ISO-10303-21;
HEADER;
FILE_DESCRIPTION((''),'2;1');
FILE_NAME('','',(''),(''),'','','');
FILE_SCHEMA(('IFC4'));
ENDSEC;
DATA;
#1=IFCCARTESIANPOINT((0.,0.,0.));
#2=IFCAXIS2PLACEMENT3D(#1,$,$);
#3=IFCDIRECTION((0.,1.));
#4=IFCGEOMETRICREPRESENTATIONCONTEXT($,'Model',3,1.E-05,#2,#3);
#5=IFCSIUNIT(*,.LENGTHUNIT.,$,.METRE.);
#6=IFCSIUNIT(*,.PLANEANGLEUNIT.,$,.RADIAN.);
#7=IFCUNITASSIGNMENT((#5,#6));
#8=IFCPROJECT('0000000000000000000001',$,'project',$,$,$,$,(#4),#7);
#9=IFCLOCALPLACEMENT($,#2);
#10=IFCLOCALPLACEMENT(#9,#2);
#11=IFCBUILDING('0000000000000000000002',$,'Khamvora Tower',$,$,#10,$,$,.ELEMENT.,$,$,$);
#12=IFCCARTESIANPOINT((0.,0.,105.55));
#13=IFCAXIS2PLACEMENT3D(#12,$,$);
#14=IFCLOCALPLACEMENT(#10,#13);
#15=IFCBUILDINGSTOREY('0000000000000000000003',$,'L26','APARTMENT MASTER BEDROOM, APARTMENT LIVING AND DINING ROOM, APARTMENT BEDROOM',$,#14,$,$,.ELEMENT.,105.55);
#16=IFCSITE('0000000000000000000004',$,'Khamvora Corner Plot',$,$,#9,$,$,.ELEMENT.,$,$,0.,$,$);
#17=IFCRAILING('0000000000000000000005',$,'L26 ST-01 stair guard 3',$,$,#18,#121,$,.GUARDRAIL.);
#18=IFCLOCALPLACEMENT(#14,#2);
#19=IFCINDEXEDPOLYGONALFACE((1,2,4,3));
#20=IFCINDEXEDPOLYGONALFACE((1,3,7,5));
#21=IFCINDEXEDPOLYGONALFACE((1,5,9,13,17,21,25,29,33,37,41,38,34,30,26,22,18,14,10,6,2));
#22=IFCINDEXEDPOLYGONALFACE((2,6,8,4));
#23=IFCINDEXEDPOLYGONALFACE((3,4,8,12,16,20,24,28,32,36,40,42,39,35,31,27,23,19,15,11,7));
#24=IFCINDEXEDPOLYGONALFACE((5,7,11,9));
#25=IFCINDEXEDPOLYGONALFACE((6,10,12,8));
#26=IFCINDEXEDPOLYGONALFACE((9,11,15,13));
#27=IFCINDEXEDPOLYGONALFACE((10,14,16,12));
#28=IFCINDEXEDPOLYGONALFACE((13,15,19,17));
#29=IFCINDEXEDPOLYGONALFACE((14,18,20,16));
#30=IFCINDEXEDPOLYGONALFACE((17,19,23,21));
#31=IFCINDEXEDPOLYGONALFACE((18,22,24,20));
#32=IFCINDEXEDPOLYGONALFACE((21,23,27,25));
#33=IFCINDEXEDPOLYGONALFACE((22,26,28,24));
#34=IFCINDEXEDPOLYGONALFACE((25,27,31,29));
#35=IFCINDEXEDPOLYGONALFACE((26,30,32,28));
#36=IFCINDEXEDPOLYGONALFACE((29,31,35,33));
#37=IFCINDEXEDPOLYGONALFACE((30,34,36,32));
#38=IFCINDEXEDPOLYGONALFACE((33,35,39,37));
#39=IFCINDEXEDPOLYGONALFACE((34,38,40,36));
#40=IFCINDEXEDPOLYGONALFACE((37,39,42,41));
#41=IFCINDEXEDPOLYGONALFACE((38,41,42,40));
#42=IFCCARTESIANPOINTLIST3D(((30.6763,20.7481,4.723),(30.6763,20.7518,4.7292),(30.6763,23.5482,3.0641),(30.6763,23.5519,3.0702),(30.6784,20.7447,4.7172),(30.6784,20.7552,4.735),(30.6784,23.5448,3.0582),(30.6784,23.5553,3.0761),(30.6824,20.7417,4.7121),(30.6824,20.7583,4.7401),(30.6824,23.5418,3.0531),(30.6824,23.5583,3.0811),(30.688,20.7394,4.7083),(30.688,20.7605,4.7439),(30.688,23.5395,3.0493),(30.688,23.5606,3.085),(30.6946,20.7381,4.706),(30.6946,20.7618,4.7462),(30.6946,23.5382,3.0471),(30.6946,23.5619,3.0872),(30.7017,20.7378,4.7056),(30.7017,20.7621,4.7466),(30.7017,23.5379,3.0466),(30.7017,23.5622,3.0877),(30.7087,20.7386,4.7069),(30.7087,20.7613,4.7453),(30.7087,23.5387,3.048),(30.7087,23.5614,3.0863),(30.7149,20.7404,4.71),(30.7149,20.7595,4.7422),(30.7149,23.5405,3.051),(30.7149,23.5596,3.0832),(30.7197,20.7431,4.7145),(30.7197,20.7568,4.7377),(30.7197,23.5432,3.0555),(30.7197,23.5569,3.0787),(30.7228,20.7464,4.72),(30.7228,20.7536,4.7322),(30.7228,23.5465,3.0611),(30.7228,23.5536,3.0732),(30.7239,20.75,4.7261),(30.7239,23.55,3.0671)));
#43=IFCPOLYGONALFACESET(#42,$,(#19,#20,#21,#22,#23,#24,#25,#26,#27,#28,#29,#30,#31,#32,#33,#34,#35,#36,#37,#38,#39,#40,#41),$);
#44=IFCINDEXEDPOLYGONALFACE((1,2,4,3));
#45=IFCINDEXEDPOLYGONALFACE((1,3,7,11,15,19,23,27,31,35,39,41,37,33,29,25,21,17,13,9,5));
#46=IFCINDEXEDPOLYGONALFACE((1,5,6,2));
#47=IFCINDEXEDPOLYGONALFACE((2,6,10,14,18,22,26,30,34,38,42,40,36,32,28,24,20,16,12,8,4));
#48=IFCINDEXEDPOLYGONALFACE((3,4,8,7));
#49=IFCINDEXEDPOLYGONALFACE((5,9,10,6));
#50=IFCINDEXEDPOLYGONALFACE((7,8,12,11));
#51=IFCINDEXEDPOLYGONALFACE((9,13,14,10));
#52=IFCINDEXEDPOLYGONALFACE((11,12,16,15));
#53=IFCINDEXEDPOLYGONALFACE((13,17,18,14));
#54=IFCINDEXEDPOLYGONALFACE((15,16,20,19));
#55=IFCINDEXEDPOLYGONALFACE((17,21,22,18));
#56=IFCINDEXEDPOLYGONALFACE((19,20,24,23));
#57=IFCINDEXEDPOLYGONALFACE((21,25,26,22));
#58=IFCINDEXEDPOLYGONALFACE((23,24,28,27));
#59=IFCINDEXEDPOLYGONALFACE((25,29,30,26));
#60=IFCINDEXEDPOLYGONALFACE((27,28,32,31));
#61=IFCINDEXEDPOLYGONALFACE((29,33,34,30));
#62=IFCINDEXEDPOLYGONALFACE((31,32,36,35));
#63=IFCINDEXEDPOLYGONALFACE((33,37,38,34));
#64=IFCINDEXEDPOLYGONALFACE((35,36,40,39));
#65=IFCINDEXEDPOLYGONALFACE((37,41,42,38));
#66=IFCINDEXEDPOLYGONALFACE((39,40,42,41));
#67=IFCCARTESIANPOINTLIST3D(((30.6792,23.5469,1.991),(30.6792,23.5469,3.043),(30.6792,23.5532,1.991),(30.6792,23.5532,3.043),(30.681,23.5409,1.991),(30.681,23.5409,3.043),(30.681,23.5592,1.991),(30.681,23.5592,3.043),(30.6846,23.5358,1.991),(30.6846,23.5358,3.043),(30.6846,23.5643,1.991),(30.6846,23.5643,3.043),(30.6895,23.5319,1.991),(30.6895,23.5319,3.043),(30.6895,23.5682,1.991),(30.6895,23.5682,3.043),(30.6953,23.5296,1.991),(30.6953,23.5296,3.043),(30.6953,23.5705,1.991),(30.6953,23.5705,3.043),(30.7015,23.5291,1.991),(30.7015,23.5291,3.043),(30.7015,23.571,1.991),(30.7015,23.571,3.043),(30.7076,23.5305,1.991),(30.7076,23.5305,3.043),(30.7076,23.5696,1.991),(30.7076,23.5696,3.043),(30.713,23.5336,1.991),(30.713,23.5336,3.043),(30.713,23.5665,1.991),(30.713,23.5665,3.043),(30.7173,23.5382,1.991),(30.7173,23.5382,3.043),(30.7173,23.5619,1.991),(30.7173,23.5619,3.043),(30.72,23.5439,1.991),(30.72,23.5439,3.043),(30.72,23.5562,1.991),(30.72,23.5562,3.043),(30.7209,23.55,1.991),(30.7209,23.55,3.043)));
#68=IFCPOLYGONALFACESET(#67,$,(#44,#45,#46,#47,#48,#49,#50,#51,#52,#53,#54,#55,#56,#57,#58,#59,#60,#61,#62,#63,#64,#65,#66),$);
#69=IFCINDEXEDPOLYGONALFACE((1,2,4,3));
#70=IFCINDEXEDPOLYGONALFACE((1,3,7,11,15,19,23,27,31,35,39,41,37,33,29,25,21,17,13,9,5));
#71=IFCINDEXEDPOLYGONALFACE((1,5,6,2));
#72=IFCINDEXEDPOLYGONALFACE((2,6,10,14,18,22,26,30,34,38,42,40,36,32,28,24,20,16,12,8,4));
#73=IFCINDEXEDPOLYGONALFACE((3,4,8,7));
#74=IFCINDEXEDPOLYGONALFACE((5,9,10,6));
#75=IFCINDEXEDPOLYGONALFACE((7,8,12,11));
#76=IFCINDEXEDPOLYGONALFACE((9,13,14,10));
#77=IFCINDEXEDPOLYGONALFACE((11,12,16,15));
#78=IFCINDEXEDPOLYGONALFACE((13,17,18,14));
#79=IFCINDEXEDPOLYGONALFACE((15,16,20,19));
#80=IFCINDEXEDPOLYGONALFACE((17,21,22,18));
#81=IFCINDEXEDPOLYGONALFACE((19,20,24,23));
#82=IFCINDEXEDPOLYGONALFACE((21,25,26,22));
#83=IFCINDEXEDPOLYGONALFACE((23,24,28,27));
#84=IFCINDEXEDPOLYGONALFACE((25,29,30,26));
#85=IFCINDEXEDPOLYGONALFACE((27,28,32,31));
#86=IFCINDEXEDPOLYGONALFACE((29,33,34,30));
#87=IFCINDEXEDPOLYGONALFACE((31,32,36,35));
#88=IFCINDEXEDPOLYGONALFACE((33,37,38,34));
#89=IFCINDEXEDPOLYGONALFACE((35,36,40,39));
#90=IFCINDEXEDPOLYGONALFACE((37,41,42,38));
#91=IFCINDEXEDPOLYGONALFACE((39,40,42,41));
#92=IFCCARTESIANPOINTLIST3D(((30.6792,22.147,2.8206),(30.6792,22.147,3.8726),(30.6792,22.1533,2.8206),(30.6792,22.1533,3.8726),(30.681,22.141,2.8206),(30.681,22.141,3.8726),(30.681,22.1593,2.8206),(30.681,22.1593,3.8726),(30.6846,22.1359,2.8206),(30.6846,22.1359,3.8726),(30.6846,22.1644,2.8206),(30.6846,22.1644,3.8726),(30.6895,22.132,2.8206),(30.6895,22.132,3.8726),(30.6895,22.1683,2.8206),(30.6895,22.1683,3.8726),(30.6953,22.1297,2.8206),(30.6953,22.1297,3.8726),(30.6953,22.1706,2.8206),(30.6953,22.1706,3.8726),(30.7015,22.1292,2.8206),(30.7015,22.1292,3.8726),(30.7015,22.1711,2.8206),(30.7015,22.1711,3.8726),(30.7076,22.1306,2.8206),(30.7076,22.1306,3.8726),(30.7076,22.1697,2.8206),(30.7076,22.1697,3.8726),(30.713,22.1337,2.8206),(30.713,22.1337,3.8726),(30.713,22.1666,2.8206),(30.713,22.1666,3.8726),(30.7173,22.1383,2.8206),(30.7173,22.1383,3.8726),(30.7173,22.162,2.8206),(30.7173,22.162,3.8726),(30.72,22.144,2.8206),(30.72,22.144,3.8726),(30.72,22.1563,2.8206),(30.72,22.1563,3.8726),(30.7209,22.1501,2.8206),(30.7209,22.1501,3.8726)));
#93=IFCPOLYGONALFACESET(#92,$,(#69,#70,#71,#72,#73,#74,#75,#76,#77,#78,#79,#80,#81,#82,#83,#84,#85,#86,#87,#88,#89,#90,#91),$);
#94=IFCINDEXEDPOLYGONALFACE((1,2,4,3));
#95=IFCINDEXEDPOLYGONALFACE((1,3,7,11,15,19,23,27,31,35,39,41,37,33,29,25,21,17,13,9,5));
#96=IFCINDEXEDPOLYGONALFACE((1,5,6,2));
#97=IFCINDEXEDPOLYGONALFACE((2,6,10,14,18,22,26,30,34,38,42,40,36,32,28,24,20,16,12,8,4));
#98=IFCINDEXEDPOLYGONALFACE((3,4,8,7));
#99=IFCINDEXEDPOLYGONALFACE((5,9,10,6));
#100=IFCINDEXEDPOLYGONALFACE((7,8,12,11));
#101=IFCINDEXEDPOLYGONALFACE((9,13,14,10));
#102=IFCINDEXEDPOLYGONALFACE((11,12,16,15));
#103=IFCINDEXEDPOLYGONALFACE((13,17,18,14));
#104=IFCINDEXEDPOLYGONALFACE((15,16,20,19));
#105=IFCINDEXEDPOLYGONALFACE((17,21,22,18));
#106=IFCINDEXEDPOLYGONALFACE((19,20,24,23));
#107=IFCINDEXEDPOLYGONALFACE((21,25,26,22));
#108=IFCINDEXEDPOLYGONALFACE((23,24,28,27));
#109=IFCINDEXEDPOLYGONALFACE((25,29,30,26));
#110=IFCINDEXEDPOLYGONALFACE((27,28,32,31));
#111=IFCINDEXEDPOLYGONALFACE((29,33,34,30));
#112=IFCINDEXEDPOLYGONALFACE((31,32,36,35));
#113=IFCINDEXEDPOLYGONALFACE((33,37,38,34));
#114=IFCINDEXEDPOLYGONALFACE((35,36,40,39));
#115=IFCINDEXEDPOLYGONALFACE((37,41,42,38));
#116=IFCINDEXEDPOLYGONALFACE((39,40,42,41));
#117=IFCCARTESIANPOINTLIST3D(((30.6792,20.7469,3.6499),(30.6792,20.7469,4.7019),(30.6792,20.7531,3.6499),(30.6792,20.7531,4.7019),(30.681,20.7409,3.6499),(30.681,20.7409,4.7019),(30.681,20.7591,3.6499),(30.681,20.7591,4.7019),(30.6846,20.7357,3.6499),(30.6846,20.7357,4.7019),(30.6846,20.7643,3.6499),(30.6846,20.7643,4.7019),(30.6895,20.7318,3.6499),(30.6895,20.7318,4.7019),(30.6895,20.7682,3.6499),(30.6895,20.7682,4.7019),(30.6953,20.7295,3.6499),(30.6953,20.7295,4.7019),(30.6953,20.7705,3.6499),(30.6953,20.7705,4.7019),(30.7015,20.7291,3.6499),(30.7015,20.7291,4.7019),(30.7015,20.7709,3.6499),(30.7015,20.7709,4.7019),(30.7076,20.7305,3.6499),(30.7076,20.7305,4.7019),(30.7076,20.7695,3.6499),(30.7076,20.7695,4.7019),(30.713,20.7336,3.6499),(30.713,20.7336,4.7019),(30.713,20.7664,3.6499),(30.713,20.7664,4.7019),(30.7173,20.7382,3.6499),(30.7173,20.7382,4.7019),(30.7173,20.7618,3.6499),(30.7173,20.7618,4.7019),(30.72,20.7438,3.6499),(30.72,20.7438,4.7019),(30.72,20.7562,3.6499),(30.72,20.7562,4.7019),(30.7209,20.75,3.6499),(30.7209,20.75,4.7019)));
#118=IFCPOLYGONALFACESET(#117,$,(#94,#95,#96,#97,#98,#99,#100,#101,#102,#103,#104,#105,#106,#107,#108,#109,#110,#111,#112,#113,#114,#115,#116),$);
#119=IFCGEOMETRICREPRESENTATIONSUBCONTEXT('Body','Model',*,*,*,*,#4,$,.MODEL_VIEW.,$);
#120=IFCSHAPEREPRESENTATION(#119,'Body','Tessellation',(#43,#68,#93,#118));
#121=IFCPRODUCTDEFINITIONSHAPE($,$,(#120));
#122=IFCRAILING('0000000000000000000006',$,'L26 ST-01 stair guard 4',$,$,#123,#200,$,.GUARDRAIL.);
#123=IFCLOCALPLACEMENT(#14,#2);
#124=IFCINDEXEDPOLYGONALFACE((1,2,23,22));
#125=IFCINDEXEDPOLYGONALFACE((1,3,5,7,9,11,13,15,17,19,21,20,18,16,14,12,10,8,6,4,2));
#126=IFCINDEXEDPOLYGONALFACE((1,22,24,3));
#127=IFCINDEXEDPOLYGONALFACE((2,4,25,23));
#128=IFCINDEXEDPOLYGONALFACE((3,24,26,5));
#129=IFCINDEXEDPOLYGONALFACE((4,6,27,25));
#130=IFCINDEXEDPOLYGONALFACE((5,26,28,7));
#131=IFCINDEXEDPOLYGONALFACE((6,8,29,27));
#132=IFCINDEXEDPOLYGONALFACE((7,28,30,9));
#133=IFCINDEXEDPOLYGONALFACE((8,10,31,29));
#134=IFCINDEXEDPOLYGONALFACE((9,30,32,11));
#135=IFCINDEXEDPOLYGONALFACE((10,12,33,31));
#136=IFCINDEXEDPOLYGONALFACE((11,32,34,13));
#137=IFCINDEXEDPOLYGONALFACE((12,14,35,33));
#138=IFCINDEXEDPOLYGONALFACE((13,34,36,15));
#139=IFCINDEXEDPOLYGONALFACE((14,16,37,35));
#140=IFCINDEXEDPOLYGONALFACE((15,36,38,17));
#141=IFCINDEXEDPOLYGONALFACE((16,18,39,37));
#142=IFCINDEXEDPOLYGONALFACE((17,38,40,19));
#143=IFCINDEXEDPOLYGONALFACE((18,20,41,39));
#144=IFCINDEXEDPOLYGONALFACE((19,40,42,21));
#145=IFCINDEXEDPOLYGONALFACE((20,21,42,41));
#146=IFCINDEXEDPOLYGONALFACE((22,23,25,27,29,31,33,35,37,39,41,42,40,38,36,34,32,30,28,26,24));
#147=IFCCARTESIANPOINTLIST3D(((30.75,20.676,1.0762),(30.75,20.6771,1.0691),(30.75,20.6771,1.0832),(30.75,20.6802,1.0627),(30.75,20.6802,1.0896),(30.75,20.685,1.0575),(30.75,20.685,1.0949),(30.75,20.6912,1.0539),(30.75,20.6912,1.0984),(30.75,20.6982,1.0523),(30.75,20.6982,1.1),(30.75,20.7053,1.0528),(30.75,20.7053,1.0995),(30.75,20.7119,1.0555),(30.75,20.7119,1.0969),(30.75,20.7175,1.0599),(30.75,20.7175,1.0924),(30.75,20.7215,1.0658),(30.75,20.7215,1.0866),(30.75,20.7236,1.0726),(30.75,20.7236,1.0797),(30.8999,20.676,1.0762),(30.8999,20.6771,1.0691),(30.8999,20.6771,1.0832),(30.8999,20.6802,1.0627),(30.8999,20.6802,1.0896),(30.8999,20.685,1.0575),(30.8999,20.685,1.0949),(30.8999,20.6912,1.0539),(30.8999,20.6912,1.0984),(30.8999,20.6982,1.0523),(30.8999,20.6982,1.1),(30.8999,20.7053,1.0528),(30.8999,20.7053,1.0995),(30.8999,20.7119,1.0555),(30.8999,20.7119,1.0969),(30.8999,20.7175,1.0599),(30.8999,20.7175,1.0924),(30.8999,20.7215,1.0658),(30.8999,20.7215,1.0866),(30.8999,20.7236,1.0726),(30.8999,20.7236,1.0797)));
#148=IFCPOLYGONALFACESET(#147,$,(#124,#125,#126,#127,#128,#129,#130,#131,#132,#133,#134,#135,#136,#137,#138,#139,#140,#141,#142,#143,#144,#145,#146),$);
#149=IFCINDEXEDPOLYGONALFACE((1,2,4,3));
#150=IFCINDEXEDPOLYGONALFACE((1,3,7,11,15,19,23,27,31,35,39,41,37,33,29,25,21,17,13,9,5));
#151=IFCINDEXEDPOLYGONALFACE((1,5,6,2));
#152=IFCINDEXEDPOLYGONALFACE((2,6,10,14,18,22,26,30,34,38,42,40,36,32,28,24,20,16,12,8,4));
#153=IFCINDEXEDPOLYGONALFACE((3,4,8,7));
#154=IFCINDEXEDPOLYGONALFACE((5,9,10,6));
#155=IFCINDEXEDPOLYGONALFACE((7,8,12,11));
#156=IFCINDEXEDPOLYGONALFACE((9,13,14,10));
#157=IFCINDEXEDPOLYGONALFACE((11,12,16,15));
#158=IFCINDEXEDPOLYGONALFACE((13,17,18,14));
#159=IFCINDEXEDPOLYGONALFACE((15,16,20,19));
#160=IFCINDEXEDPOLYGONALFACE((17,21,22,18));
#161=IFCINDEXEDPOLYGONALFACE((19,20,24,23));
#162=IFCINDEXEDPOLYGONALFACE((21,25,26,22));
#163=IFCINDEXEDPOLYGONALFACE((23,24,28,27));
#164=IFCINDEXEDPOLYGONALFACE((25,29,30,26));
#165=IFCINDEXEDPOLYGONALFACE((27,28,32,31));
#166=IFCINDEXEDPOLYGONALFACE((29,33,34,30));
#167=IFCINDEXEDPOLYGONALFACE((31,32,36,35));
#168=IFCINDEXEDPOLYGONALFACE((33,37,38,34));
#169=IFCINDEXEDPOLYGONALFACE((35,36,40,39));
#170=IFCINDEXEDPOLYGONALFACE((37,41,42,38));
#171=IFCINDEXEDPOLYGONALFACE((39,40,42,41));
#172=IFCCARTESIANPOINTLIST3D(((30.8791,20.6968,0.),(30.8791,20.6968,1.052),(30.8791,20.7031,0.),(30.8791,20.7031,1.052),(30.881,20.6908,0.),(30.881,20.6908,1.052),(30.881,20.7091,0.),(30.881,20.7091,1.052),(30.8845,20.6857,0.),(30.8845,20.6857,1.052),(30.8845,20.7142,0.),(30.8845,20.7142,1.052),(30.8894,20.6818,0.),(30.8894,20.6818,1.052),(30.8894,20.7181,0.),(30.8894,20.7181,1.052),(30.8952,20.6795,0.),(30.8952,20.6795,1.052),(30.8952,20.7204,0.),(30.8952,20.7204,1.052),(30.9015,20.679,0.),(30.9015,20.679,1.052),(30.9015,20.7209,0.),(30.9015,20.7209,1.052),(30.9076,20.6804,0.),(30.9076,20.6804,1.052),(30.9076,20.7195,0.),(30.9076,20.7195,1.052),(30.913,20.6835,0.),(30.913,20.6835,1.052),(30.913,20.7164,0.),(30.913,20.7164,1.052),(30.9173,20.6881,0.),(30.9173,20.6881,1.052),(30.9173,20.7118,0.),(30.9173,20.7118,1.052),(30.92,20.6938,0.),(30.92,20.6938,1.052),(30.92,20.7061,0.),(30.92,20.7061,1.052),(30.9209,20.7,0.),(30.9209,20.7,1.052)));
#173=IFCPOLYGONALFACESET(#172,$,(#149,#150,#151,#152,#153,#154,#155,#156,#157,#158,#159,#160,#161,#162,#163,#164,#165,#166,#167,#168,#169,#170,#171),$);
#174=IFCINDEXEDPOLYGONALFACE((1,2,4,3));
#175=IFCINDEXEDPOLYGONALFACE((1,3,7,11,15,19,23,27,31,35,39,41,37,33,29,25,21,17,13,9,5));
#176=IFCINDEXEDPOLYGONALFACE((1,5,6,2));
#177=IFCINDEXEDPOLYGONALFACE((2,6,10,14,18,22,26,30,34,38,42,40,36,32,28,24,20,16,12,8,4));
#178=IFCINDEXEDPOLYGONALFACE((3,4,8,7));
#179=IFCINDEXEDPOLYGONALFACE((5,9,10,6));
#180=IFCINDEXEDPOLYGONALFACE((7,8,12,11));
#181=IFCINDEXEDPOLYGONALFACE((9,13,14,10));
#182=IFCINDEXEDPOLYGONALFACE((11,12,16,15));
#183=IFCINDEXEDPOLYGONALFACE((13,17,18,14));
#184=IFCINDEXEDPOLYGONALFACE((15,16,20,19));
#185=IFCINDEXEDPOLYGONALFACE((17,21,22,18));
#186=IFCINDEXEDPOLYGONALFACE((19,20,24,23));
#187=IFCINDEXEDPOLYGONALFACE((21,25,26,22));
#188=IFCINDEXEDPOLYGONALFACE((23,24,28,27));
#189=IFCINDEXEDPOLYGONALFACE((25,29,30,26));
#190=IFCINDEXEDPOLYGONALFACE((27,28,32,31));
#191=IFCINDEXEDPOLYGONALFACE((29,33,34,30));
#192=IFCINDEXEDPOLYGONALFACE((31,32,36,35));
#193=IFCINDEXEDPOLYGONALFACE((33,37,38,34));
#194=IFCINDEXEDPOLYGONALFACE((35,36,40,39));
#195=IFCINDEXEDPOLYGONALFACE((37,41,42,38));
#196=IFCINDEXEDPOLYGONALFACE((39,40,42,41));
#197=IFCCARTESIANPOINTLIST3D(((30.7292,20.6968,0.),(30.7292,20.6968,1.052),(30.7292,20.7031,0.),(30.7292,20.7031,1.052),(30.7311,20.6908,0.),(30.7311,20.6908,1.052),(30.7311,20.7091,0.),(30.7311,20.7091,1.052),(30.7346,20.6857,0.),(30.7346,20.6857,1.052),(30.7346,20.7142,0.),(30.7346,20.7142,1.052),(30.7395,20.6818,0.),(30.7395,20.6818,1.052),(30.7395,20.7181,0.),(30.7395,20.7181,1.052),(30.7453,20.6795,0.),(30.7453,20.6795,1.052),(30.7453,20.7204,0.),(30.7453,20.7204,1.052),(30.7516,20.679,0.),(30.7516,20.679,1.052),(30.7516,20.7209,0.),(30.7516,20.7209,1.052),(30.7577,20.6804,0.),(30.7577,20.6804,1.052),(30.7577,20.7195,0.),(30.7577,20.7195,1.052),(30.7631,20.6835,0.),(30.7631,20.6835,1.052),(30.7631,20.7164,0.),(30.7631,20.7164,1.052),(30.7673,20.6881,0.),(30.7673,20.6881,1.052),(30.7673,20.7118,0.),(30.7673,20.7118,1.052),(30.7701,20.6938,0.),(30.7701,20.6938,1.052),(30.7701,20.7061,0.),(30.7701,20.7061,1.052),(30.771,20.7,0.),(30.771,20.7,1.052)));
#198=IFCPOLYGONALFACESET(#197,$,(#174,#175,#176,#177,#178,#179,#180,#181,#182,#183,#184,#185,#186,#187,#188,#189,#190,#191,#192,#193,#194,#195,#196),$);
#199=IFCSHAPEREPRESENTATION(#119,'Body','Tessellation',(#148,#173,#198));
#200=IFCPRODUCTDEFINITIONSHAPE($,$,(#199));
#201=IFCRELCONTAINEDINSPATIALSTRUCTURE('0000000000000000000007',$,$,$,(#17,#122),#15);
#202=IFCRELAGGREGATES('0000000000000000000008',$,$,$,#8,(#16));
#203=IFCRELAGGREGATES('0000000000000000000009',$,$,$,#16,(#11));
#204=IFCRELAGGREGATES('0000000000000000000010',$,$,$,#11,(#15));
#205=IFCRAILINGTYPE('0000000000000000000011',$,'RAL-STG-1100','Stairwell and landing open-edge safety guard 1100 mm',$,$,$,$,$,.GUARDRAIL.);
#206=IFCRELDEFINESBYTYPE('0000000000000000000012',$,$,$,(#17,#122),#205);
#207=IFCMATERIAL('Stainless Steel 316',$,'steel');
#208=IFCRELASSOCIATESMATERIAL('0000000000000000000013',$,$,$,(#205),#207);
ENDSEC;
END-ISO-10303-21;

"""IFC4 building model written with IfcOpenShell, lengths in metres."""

from ifc_helpers import new_model, si_unit, direction, frame, origin, origin_2d, place, context, subcontext, project, spatial, circle, extrude, material, type_object, element, save


model = new_model("IFC4")

# Units and contexts
model_context = context("Model", 3, precision=1e-05, world=origin(), true_north=direction((0.0, 1.0)))
body_context = subcontext(model_context, "Body", "Model", "MODEL_VIEW")
ifc_project = project(units=[si_unit("LENGTHUNIT", "METRE"), si_unit("PLANEANGLEUNIT", "RADIAN")], contexts=[model_context])

# Site, building, storey
site_placement = place(None, origin())
site = spatial("IfcSite", under=ifc_project, at=site_placement, Name="Khamvora Corner Plot", CompositionType="ELEMENT", RefElevation=0.0)
building_placement = place(site_placement, origin())
building = spatial("IfcBuilding", under=site, at=building_placement, Name="Khamvora Tower", CompositionType="ELEMENT")
storey_placement = place(building_placement, frame((0.0, 0.0, 105.55)))
storey = spatial("IfcBuildingStorey", under=building, at=storey_placement, Name="L26", Description="APARTMENT MASTER BEDROOM, APARTMENT LIVING AND DINING ROOM, APARTMENT BEDROOM", CompositionType="ELEMENT", Elevation=105.55)

# Railings
ifc_material_1 = material(Name="Stainless Steel 316", Category="steel")
railing_type_1 = type_object("IfcRailingType", Name="RAL-STG-1100", Description="Stairwell and landing open-edge safety guard 1100 mm", PredefinedType="GUARDRAIL", material=ifc_material_1)
railing_1_placement = place(storey_placement, frame((30.7, 23.55, 1.991)))
element("IfcRailing", 1, at=railing_1_placement, inside=storey, type_object=railing_type_1, Name="L26 ST-01 stair guard 3", PredefinedType="GUARDRAIL", context=body_context, shape_type="SweptSolid", body=[
    extrude(circle(Radius=0.0239, at=origin_2d()), frame((0.0, 0.0, 1.0762), z_axis=(0.0, -0.860339, 0.509722), x_axis=(1.0, 0.0, 0.0)), (0.0, 0.0, 1.0), 3.2546),
    extrude(circle(Radius=0.021, at=origin_2d()), origin(), (0.0, 0.0, 1.0), 1.052),
    extrude(circle(Radius=0.021, at=origin_2d()), frame((0.0, -1.3999, 0.8296)), (0.0, 0.0, 1.0), 1.052),
    extrude(circle(Radius=0.021, at=origin_2d()), frame((0.0, -2.8, 1.6589)), (0.0, 0.0, 1.0), 1.052),
])
railing_2_placement = place(storey_placement, frame((30.8999, 20.7, 0.0)))
element("IfcRailing", 2, at=railing_2_placement, inside=storey, type_object=railing_type_1, Name="L26 ST-01 stair guard 4", PredefinedType="GUARDRAIL", context=body_context, shape_type="SweptSolid", body=[
    extrude(circle(Radius=0.0239, at=origin_2d()), frame((0.0, 0.0, 1.0762), z_axis=(-1.0, 0.0, 0.0), x_axis=(0.0, -1.0, 0.0)), (0.0, 0.0, 1.0), 0.1499),
    extrude(circle(Radius=0.021, at=origin_2d()), origin(), (0.0, 0.0, 1.0), 1.052),
    extrude(circle(Radius=0.021, at=origin_2d()), frame((-0.1499, 0.0, 0.0)), (0.0, 0.0, 1.0), 1.052),
])

save(model, "model.ifc")
